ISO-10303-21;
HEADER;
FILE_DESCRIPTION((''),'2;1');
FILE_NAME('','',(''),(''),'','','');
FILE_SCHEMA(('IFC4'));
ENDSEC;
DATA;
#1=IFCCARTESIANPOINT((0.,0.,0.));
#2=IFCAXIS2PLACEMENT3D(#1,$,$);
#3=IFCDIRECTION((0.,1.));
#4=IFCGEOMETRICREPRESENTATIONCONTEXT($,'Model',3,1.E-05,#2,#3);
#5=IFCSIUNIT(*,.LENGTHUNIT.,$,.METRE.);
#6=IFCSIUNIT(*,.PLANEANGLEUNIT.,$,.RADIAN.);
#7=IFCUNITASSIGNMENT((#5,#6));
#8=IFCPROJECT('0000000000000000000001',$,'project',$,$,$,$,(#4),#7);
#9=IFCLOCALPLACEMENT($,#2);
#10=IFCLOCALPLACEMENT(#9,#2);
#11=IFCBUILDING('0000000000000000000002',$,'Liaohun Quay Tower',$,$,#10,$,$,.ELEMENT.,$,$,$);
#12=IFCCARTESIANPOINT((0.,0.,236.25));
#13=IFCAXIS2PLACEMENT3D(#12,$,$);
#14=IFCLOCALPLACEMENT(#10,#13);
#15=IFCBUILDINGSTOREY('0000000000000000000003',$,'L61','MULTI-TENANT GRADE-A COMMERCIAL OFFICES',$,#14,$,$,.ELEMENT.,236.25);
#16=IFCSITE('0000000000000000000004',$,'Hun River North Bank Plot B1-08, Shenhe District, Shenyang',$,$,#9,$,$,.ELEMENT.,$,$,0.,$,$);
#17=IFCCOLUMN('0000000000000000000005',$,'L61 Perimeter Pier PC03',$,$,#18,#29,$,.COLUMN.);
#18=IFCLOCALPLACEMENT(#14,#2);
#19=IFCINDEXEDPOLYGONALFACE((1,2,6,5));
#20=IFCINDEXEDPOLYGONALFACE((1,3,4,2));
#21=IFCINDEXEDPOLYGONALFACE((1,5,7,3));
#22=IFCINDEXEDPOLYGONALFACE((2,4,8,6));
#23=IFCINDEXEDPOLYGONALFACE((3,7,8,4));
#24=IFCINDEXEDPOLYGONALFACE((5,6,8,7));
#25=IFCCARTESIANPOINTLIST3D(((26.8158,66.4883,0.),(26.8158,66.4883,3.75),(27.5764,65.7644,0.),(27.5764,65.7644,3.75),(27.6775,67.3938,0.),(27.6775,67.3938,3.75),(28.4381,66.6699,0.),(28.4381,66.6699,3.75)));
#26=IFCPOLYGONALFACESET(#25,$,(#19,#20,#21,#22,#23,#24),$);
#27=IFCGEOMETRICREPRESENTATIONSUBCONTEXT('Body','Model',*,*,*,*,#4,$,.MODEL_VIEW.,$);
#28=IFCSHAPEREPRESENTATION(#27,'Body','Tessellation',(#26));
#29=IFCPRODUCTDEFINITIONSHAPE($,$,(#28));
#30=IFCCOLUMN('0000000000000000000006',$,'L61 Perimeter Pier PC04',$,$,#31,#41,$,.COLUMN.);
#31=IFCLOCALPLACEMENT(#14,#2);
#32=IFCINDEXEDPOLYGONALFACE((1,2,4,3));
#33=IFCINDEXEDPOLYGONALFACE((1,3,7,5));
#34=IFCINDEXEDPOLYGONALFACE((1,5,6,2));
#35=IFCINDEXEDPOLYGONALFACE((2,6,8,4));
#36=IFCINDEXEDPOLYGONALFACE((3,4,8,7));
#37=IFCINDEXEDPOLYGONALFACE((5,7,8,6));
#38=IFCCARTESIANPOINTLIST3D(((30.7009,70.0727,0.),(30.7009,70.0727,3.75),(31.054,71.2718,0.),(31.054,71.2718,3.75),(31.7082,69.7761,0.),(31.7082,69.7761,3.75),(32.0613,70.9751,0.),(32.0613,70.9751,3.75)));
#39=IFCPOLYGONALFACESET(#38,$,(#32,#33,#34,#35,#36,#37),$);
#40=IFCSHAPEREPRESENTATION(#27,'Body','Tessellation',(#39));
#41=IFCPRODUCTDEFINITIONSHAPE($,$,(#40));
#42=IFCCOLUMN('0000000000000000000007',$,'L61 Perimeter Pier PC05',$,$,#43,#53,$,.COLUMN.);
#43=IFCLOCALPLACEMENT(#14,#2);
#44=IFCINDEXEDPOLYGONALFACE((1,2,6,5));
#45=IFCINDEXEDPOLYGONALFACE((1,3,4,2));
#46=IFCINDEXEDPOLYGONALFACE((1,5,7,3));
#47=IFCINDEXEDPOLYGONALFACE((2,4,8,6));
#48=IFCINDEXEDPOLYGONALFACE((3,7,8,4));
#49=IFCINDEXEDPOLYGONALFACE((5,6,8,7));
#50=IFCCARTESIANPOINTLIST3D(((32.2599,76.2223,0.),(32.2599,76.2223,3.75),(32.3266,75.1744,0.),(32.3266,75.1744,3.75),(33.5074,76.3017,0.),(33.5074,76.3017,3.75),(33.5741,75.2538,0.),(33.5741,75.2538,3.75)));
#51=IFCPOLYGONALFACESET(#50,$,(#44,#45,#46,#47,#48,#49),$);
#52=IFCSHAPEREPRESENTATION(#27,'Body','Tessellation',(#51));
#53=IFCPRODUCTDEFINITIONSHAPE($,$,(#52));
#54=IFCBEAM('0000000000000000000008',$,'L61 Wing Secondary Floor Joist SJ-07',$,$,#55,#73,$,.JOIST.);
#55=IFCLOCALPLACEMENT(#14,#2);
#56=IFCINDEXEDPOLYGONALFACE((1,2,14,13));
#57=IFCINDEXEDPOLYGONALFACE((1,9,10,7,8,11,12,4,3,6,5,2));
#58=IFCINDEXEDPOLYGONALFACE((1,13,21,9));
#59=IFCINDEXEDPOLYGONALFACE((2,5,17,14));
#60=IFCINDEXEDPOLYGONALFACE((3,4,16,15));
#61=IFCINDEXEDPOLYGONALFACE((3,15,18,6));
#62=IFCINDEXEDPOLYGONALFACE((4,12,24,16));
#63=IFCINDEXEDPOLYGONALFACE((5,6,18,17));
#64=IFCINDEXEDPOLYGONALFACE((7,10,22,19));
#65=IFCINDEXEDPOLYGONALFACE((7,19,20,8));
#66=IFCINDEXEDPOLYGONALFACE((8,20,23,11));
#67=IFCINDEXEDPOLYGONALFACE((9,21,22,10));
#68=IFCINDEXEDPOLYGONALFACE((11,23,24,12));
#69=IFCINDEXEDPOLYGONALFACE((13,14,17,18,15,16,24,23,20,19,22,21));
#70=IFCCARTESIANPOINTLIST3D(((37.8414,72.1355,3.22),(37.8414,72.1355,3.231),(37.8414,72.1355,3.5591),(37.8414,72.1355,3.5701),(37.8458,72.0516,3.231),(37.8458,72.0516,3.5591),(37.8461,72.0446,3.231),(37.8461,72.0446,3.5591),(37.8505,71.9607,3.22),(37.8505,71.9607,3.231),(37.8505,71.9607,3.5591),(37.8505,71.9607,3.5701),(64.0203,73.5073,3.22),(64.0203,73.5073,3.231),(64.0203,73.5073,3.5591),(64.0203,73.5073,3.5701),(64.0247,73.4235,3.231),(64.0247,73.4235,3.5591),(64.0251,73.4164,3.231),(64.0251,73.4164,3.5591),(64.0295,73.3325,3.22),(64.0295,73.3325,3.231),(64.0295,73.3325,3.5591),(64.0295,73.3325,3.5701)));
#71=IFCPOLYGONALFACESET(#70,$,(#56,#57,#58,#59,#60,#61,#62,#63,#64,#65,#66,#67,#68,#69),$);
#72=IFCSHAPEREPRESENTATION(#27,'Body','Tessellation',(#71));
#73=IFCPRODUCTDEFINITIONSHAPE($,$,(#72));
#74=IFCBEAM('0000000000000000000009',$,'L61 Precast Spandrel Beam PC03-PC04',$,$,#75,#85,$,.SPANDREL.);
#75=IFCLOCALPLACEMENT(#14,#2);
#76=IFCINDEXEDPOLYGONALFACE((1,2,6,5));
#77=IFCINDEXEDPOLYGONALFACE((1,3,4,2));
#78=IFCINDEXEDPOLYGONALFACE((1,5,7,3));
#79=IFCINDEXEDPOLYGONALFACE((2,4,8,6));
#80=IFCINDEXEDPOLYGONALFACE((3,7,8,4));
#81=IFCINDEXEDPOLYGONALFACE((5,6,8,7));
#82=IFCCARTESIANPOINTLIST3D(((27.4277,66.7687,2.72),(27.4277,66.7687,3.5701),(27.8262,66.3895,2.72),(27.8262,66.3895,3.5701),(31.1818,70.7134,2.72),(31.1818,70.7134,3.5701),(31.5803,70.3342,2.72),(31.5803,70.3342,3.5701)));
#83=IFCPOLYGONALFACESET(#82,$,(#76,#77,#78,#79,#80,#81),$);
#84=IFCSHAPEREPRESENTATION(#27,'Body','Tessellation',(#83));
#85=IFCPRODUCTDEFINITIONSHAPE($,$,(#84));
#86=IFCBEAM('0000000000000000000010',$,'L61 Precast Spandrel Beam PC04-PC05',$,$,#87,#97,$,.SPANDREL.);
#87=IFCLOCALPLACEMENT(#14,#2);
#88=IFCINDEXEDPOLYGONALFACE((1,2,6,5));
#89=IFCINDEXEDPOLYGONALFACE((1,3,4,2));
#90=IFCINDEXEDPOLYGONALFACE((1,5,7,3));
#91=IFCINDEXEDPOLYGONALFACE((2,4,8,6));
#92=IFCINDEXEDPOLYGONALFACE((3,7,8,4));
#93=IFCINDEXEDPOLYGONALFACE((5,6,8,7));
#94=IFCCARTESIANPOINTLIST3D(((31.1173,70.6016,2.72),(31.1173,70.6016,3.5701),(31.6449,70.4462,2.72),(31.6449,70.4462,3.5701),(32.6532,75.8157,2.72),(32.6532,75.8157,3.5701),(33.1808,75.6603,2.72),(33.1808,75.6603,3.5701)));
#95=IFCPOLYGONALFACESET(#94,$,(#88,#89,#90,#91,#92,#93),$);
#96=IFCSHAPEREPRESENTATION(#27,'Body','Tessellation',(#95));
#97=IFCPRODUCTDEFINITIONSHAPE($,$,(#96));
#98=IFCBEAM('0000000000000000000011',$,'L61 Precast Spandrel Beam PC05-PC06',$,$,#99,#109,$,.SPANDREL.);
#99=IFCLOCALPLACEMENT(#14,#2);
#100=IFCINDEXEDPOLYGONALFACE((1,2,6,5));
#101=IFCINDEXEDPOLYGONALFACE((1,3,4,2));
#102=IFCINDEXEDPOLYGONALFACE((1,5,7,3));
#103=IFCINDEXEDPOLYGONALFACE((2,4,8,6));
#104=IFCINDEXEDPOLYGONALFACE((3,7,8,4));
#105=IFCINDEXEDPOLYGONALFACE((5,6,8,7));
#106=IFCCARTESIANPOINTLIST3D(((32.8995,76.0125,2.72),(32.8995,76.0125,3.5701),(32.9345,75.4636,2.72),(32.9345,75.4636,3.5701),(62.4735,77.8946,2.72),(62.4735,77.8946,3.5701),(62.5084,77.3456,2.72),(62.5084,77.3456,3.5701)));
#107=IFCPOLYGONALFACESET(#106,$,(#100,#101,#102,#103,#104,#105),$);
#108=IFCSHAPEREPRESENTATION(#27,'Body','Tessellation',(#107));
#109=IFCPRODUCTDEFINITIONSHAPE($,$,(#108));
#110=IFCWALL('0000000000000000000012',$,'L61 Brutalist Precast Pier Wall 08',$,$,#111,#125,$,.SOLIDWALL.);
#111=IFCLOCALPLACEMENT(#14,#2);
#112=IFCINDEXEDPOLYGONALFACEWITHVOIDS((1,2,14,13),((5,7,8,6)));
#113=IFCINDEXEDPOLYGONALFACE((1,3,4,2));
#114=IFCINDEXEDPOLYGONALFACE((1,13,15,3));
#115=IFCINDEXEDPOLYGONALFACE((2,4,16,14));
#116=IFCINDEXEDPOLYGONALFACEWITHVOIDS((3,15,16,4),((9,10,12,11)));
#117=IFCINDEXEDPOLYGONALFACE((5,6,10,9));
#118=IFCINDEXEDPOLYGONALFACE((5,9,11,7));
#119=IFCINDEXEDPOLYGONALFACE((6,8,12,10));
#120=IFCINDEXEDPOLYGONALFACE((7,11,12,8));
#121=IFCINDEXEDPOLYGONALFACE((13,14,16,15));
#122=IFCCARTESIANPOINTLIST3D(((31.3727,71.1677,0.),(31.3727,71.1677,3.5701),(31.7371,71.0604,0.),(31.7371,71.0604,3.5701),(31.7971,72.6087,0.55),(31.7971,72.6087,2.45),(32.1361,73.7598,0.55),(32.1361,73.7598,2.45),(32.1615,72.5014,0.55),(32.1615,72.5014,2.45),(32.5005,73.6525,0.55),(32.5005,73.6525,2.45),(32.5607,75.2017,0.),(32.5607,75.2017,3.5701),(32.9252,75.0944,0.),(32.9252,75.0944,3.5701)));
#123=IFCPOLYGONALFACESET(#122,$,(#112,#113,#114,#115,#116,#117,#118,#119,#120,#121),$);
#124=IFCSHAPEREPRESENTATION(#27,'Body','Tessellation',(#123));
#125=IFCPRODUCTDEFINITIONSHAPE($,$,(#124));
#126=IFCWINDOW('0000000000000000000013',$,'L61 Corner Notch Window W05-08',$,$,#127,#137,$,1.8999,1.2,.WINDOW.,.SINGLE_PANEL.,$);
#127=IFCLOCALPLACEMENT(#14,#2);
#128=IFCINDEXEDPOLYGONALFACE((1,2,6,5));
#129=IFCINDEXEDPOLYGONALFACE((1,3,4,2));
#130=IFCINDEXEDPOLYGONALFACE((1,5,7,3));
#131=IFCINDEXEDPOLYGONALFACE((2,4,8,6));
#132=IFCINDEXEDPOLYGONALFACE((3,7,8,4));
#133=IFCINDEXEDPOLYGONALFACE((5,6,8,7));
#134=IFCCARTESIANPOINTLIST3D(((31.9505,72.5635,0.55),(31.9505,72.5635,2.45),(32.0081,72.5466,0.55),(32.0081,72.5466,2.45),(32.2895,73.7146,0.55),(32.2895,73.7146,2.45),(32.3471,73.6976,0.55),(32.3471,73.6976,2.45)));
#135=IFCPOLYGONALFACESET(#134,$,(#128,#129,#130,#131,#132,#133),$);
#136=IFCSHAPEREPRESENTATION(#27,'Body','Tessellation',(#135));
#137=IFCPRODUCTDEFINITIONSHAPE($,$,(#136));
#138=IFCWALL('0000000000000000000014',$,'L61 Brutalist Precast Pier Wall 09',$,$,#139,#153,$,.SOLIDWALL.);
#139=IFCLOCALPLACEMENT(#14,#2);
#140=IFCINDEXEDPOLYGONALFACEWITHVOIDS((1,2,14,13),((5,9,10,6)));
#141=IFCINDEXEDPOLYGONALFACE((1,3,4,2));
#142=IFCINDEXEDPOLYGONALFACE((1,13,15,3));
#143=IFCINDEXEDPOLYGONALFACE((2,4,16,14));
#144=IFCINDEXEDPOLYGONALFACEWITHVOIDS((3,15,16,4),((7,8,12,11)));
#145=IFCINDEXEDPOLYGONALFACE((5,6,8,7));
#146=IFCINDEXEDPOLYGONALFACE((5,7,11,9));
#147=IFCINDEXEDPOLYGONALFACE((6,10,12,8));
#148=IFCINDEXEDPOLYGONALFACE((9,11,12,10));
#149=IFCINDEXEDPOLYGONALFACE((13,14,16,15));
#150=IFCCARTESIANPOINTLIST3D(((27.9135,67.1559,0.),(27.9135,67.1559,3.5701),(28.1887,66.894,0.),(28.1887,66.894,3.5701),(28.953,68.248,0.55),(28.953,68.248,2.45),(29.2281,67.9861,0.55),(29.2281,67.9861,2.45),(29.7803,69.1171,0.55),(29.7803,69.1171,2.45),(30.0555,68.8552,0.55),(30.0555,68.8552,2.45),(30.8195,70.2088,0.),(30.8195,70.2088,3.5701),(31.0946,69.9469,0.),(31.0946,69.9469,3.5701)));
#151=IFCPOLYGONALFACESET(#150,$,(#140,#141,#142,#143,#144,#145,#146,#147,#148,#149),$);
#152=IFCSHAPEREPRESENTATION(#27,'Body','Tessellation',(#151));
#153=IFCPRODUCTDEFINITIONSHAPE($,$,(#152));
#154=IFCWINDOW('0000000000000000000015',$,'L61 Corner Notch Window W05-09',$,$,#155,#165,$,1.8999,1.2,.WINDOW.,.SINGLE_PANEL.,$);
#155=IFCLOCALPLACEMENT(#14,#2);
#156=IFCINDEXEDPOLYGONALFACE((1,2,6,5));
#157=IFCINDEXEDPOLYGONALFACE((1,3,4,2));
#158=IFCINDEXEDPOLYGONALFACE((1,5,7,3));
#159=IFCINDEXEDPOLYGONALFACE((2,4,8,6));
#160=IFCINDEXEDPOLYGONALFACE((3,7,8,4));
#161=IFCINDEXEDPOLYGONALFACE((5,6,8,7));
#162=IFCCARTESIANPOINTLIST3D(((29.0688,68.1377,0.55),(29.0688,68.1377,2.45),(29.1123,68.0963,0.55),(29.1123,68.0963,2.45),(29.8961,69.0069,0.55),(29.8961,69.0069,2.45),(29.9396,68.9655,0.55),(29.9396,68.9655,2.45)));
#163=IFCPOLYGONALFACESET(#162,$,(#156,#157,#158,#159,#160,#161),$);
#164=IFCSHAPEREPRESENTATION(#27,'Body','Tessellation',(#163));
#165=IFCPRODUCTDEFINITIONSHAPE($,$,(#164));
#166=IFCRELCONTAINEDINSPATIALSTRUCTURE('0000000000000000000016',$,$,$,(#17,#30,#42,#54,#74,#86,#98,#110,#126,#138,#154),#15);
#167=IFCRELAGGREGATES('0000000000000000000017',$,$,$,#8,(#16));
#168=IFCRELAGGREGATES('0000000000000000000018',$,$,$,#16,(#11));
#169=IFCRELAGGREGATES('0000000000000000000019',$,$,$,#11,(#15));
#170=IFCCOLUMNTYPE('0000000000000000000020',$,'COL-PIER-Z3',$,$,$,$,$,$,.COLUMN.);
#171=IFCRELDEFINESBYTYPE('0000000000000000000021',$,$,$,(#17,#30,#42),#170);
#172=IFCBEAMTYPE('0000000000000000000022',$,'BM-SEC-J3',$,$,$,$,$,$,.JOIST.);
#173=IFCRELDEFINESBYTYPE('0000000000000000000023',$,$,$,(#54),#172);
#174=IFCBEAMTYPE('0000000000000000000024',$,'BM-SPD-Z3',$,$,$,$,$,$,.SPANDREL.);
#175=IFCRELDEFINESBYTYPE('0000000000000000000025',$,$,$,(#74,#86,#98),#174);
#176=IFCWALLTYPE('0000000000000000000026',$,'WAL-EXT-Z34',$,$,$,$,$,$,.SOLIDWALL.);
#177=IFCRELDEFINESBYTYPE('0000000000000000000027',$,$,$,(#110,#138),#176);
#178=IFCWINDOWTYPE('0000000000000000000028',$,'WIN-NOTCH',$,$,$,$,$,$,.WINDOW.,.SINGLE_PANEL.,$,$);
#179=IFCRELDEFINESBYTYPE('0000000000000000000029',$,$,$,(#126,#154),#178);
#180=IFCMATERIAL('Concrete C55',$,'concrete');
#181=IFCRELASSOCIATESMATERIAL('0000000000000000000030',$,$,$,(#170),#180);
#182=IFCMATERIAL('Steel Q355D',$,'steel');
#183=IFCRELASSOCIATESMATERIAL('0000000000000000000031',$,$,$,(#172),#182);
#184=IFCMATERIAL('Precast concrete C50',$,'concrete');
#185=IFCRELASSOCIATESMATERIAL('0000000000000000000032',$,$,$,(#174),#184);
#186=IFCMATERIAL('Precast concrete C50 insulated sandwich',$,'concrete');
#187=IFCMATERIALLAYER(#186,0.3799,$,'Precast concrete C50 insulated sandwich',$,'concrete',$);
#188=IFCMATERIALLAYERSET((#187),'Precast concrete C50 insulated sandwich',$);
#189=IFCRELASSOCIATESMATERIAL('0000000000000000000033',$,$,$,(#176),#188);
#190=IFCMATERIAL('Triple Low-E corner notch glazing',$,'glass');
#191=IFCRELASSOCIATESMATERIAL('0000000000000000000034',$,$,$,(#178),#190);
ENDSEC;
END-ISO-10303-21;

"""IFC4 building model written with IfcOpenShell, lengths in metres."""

from ifc_helpers import new_model, si_unit, direction, frame, frame_2d, origin, origin_2d, place, context, subcontext, project, spatial, rectangle, i_section, extrude, source, transform, mapped, material, layer, layer_set, material_profile, profile_set, type_object, element, fill, save


model = new_model("IFC4")

# Units and contexts
model_context = context("Model", 3, precision=1e-05, world=origin(), true_north=direction((0.0, 1.0)))
body_context = subcontext(model_context, "Body", "Model", "MODEL_VIEW")
ifc_project = project(units=[si_unit("LENGTHUNIT", "METRE"), si_unit("PLANEANGLEUNIT", "RADIAN")], contexts=[model_context])

# Site, building, storey
site_placement = place(None, origin())
site = spatial("IfcSite", under=ifc_project, at=site_placement, Name="Hun River North Bank Plot B1-08, Shenhe District, Shenyang", CompositionType="ELEMENT", RefElevation=0.0)
building_placement = place(site_placement, origin())
building = spatial("IfcBuilding", under=site, at=building_placement, Name="Liaohun Quay Tower", CompositionType="ELEMENT")
storey_placement = place(building_placement, frame((0.0, 0.0, 236.25)))
storey = spatial("IfcBuildingStorey", under=building, at=storey_placement, Name="L61", Description="MULTI-TENANT GRADE-A COMMERCIAL OFFICES", CompositionType="ELEMENT", Elevation=236.25)

# Columns
ifc_material_1 = material(Name="Concrete C55", Category="concrete")
ifc_material_profile_1 = material_profile(ifc_material_1, rectangle(XDim=1.25, YDim=1.05, at=origin_2d()), Name="RC1250x1050")
ifc_profile_set_1 = profile_set([ifc_material_profile_1], Name="Concrete C55")
column_type = type_object("IfcColumnType", Name="COL-PIER-Z3", PredefinedType="COLUMN", material=ifc_profile_set_1)
shared_shape_1 = source(origin(), body_context, "Body", "SweptSolid", [
    extrude(rectangle(XDim=1.25, YDim=1.05, at=origin_2d()), origin(), (0.0, 0.0, 1.0), 3.75),
])
for number, where, z_axis, x_axis, name in (
    (1, (27.627, 66.5791, 0.0), (0.0, 0.0, 1.0), (0.689367, 0.724413, 0.0), "L61 Perimeter Pier PC03"),
    (2, (31.3811, 70.5239, 0.0), (0.0, 0.0, 1.0), (0.282509, 0.959265, 0.0), "L61 Perimeter Pier PC04"),
    (3, (32.917, 75.738, 0.0), (0.0, 0.0, 1.0), (0.997983, 0.063487, 0.0), "L61 Perimeter Pier PC05"),
):
    element("IfcColumn", number, at=place(storey_placement, frame(where, z_axis=z_axis, x_axis=x_axis)), inside=storey, type_object=column_type, Name=name, PredefinedType="COLUMN", context=body_context, shape_type="MappedRepresentation", body=[
        mapped(shared_shape_1, transform((0.0, 0.0, 0.0), x_axis=(1.0, 0.0, 0.0), y_axis=(0.0, 1.0, 0.0), z_axis=(0.0, 0.0, 1.0), scale=1.0)),
    ])

# Beams
ifc_material_2 = material(Name="Steel Q355D", Category="steel")
ifc_material_profile_2 = material_profile(ifc_material_2, i_section(OverallWidth=0.175, OverallDepth=0.3501, WebThickness=0.0071, FlangeThickness=0.011, at=origin_2d()), Name="HN350x175x7x11")
ifc_profile_set_2 = profile_set([ifc_material_profile_2], Name="Steel Q355D")
beam_type_1 = type_object("IfcBeamType", Name="BM-SEC-J3", PredefinedType="JOIST", material=ifc_profile_set_2)
shared_shape_2 = source(origin(), body_context, "Body", "SweptSolid", [
    extrude(i_section(OverallWidth=0.175, OverallDepth=0.3501, WebThickness=0.0071, FlangeThickness=0.011, at=origin_2d()), origin(), (0.0, 0.0, 1.0), 26.2148),
])
beam_1_placement = place(storey_placement, frame((37.8459, 72.0481, 3.395), z_axis=(0.99863, 0.05233, 0.0), x_axis=(-0.05233, 0.99863, 0.0)))
element("IfcBeam", 4, at=beam_1_placement, inside=storey, type_object=beam_type_1, Name="L61 Wing Secondary Floor Joist SJ-07", PredefinedType="JOIST", context=body_context, shape_type="MappedRepresentation", body=[
    mapped(shared_shape_2, transform((0.0, 0.0, 0.0), x_axis=(1.0, 0.0, 0.0), y_axis=(0.0, 1.0, 0.0), z_axis=(0.0, 0.0, 1.0), scale=1.0)),
])
ifc_material_3 = material(Name="Precast concrete C50", Category="concrete")
ifc_material_profile_3 = material_profile(ifc_material_3, rectangle(XDim=0.55, YDim=0.8501, at=origin_2d()), Name="RC550x850")
ifc_profile_set_3 = profile_set([ifc_material_profile_3], Name="Precast concrete C50")
beam_type_2 = type_object("IfcBeamType", Name="BM-SPD-Z3", PredefinedType="SPANDREL", material=ifc_profile_set_3)
shared_shape_3 = source(origin(), body_context, "Body", "SweptSolid", [
    extrude(rectangle(XDim=0.55, YDim=0.8501, at=origin_2d()), origin(), (0.0, 0.0, 1.0), 5.4456),
])
beam_2_placement = place(storey_placement, frame((27.627, 66.5791, 3.145), z_axis=(0.689383, 0.724397, 0.0), x_axis=(-0.724397, 0.689383, 0.0)))
element("IfcBeam", 5, at=beam_2_placement, inside=storey, type_object=beam_type_2, Name="L61 Precast Spandrel Beam PC03-PC04", PredefinedType="SPANDREL", context=body_context, shape_type="MappedRepresentation", body=[
    mapped(shared_shape_3, transform((0.0, 0.0, 0.0), x_axis=(1.0, 0.0, 0.0), y_axis=(0.0, 1.0, 0.0), z_axis=(0.0, 0.0, 1.0), scale=1.0)),
])
shared_shape_4 = source(origin(), body_context, "Body", "SweptSolid", [
    extrude(rectangle(XDim=0.55, YDim=0.8501, at=origin_2d()), origin(), (0.0, 0.0, 1.0), 5.4355),
])
beam_3_placement = place(storey_placement, frame((31.3811, 70.5239, 3.145), z_axis=(0.28256, 0.95925, 0.0), x_axis=(-0.95925, 0.28256, 0.0)))
element("IfcBeam", 6, at=beam_3_placement, inside=storey, type_object=beam_type_2, Name="L61 Precast Spandrel Beam PC04-PC05", PredefinedType="SPANDREL", context=body_context, shape_type="MappedRepresentation", body=[
    mapped(shared_shape_4, transform((0.0, 0.0, 0.0), x_axis=(1.0, 0.0, 0.0), y_axis=(0.0, 1.0, 0.0), z_axis=(0.0, 0.0, 1.0), scale=1.0)),
])
shared_shape_5 = source(origin(), body_context, "Body", "SweptSolid", [
    extrude(rectangle(XDim=0.55, YDim=0.8501, at=origin_2d()), origin(), (0.0, 0.0, 1.0), 29.6338),
])
beam_4_placement = place(storey_placement, frame((32.917, 75.738, 3.145), z_axis=(0.997981, 0.063511, 0.0), x_axis=(-0.063511, 0.997981, 0.0)))
element("IfcBeam", 7, at=beam_4_placement, inside=storey, type_object=beam_type_2, Name="L61 Precast Spandrel Beam PC05-PC06", PredefinedType="SPANDREL", context=body_context, shape_type="MappedRepresentation", body=[
    mapped(shared_shape_5, transform((0.0, 0.0, 0.0), x_axis=(1.0, 0.0, 0.0), y_axis=(0.0, 1.0, 0.0), z_axis=(0.0, 0.0, 1.0), scale=1.0)),
])

# Walls, openings, windows
ifc_material_4 = material(Name="Precast concrete C50 insulated sandwich", Category="concrete")
ifc_layer_1 = layer(ifc_material_4, 0.3799, Name="Precast concrete C50 insulated sandwich", Category="concrete")
ifc_layer_set_1 = layer_set([ifc_layer_1], Name="Precast concrete C50 insulated sandwich")
wall_type_1 = type_object("IfcWallType", Name="WAL-EXT-Z34", PredefinedType="SOLIDWALL", material=ifc_layer_set_1)
wall_1_placement = place(storey_placement, frame((32.7429, 75.1479, 0.0), z_axis=(0.0, 0.0, 1.0), x_axis=(-0.282503, -0.959267, 0.0)))
wall_1 = element("IfcWall", 8, at=wall_1_placement, inside=storey, type_object=wall_type_1, Name="L61 Brutalist Precast Pier Wall 08", PredefinedType="SOLIDWALL", context=body_context, shape_type="SweptSolid", body=[
    extrude(rectangle(XDim=4.2053, YDim=0.3799, at=frame_2d((2.1025, 0.0))), origin(), (0.0, 0.0, 1.0), 3.5701),
])
shared_shape_6 = source(origin(), body_context, "Body", "SweptSolid", [
    extrude(rectangle(XDim=1.2, YDim=1.8999, at=frame_2d((0.6001, 0.95))), frame((0.0, 0.2, 0.0), z_axis=(0.0, -1.0, 0.0), x_axis=(1.0, 0.0, 0.0)), (0.0, 0.0, 1.0), 0.3999),
])
opening_1_placement = place(wall_1_placement, frame((1.5029, 0.0, 0.55)))
opening_1 = element("IfcOpeningElement", 9, at=opening_1_placement, cuts=wall_1, PredefinedType="OPENING", context=body_context, shape_type="MappedRepresentation", body=[
    mapped(shared_shape_6, transform((0.0, 0.0, 0.0), x_axis=(1.0, 0.0, 0.0), y_axis=(0.0, 1.0, 0.0), z_axis=(0.0, 0.0, 1.0), scale=1.0)),
])
ifc_material_5 = material(Name="Triple Low-E corner notch glazing", Category="glass")
window_type_1 = type_object("IfcWindowType", Name="WIN-NOTCH", PartitioningType="SINGLE_PANEL", PredefinedType="WINDOW", material=ifc_material_5)
shared_shape_7 = source(origin(), body_context, "Body", "SweptSolid", [
    extrude(rectangle(XDim=1.2, YDim=1.8999, at=frame_2d((0.6001, 0.95))), frame((0.0, 0.03, 0.0), z_axis=(0.0, -1.0, 0.0), x_axis=(1.0, 0.0, 0.0)), (0.0, 0.0, 1.0), 0.0601),
])
window_1_placement = place(opening_1_placement, origin())
window_1 = element("IfcWindow", 10, at=window_1_placement, inside=storey, type_object=window_type_1, Name="L61 Corner Notch Window W05-08", OverallHeight=1.8999, OverallWidth=1.2, PartitioningType="SINGLE_PANEL", PredefinedType="WINDOW", context=body_context, shape_type="MappedRepresentation", body=[
    mapped(shared_shape_7, transform((0.0, 0.0, 0.0), x_axis=(1.0, 0.0, 0.0), y_axis=(0.0, 1.0, 0.0), z_axis=(0.0, 0.0, 1.0), scale=1.0)),
])
fill(opening_1, window_1)
wall_2_placement = place(storey_placement, frame((30.957, 70.0779, 0.0), z_axis=(0.0, 0.0, 1.0), x_axis=(-0.689457, -0.724327, 0.0)))
wall_2 = element("IfcWall", 11, at=wall_2_placement, inside=storey, type_object=wall_type_1, Name="L61 Brutalist Precast Pier Wall 09", PredefinedType="SOLIDWALL", context=body_context, shape_type="SweptSolid", body=[
    extrude(rectangle(XDim=4.2148, YDim=0.3799, at=frame_2d((2.1074, 0.0))), origin(), (0.0, 0.0, 1.0), 3.5701),
])
opening_2_placement = place(wall_2_placement, frame((1.5071, 0.0, 0.55)))
opening_2 = element("IfcOpeningElement", 12, at=opening_2_placement, cuts=wall_2, PredefinedType="OPENING", context=body_context, shape_type="MappedRepresentation", body=[
    mapped(shared_shape_6, transform((0.0, 0.0, 0.0), x_axis=(1.0, 0.0, 0.0), y_axis=(0.0, 1.0, 0.0), z_axis=(0.0, 0.0, 1.0), scale=1.0)),
])
window_2_placement = place(opening_2_placement, origin())
window_2 = element("IfcWindow", 13, at=window_2_placement, inside=storey, type_object=window_type_1, Name="L61 Corner Notch Window W05-09", OverallHeight=1.8999, OverallWidth=1.2, PartitioningType="SINGLE_PANEL", PredefinedType="WINDOW", context=body_context, shape_type="MappedRepresentation", body=[
    mapped(shared_shape_7, transform((0.0, 0.0, 0.0), x_axis=(1.0, 0.0, 0.0), y_axis=(0.0, 1.0, 0.0), z_axis=(0.0, 0.0, 1.0), scale=1.0)),
])
fill(opening_2, window_2)

save(model, "model.ifc")
